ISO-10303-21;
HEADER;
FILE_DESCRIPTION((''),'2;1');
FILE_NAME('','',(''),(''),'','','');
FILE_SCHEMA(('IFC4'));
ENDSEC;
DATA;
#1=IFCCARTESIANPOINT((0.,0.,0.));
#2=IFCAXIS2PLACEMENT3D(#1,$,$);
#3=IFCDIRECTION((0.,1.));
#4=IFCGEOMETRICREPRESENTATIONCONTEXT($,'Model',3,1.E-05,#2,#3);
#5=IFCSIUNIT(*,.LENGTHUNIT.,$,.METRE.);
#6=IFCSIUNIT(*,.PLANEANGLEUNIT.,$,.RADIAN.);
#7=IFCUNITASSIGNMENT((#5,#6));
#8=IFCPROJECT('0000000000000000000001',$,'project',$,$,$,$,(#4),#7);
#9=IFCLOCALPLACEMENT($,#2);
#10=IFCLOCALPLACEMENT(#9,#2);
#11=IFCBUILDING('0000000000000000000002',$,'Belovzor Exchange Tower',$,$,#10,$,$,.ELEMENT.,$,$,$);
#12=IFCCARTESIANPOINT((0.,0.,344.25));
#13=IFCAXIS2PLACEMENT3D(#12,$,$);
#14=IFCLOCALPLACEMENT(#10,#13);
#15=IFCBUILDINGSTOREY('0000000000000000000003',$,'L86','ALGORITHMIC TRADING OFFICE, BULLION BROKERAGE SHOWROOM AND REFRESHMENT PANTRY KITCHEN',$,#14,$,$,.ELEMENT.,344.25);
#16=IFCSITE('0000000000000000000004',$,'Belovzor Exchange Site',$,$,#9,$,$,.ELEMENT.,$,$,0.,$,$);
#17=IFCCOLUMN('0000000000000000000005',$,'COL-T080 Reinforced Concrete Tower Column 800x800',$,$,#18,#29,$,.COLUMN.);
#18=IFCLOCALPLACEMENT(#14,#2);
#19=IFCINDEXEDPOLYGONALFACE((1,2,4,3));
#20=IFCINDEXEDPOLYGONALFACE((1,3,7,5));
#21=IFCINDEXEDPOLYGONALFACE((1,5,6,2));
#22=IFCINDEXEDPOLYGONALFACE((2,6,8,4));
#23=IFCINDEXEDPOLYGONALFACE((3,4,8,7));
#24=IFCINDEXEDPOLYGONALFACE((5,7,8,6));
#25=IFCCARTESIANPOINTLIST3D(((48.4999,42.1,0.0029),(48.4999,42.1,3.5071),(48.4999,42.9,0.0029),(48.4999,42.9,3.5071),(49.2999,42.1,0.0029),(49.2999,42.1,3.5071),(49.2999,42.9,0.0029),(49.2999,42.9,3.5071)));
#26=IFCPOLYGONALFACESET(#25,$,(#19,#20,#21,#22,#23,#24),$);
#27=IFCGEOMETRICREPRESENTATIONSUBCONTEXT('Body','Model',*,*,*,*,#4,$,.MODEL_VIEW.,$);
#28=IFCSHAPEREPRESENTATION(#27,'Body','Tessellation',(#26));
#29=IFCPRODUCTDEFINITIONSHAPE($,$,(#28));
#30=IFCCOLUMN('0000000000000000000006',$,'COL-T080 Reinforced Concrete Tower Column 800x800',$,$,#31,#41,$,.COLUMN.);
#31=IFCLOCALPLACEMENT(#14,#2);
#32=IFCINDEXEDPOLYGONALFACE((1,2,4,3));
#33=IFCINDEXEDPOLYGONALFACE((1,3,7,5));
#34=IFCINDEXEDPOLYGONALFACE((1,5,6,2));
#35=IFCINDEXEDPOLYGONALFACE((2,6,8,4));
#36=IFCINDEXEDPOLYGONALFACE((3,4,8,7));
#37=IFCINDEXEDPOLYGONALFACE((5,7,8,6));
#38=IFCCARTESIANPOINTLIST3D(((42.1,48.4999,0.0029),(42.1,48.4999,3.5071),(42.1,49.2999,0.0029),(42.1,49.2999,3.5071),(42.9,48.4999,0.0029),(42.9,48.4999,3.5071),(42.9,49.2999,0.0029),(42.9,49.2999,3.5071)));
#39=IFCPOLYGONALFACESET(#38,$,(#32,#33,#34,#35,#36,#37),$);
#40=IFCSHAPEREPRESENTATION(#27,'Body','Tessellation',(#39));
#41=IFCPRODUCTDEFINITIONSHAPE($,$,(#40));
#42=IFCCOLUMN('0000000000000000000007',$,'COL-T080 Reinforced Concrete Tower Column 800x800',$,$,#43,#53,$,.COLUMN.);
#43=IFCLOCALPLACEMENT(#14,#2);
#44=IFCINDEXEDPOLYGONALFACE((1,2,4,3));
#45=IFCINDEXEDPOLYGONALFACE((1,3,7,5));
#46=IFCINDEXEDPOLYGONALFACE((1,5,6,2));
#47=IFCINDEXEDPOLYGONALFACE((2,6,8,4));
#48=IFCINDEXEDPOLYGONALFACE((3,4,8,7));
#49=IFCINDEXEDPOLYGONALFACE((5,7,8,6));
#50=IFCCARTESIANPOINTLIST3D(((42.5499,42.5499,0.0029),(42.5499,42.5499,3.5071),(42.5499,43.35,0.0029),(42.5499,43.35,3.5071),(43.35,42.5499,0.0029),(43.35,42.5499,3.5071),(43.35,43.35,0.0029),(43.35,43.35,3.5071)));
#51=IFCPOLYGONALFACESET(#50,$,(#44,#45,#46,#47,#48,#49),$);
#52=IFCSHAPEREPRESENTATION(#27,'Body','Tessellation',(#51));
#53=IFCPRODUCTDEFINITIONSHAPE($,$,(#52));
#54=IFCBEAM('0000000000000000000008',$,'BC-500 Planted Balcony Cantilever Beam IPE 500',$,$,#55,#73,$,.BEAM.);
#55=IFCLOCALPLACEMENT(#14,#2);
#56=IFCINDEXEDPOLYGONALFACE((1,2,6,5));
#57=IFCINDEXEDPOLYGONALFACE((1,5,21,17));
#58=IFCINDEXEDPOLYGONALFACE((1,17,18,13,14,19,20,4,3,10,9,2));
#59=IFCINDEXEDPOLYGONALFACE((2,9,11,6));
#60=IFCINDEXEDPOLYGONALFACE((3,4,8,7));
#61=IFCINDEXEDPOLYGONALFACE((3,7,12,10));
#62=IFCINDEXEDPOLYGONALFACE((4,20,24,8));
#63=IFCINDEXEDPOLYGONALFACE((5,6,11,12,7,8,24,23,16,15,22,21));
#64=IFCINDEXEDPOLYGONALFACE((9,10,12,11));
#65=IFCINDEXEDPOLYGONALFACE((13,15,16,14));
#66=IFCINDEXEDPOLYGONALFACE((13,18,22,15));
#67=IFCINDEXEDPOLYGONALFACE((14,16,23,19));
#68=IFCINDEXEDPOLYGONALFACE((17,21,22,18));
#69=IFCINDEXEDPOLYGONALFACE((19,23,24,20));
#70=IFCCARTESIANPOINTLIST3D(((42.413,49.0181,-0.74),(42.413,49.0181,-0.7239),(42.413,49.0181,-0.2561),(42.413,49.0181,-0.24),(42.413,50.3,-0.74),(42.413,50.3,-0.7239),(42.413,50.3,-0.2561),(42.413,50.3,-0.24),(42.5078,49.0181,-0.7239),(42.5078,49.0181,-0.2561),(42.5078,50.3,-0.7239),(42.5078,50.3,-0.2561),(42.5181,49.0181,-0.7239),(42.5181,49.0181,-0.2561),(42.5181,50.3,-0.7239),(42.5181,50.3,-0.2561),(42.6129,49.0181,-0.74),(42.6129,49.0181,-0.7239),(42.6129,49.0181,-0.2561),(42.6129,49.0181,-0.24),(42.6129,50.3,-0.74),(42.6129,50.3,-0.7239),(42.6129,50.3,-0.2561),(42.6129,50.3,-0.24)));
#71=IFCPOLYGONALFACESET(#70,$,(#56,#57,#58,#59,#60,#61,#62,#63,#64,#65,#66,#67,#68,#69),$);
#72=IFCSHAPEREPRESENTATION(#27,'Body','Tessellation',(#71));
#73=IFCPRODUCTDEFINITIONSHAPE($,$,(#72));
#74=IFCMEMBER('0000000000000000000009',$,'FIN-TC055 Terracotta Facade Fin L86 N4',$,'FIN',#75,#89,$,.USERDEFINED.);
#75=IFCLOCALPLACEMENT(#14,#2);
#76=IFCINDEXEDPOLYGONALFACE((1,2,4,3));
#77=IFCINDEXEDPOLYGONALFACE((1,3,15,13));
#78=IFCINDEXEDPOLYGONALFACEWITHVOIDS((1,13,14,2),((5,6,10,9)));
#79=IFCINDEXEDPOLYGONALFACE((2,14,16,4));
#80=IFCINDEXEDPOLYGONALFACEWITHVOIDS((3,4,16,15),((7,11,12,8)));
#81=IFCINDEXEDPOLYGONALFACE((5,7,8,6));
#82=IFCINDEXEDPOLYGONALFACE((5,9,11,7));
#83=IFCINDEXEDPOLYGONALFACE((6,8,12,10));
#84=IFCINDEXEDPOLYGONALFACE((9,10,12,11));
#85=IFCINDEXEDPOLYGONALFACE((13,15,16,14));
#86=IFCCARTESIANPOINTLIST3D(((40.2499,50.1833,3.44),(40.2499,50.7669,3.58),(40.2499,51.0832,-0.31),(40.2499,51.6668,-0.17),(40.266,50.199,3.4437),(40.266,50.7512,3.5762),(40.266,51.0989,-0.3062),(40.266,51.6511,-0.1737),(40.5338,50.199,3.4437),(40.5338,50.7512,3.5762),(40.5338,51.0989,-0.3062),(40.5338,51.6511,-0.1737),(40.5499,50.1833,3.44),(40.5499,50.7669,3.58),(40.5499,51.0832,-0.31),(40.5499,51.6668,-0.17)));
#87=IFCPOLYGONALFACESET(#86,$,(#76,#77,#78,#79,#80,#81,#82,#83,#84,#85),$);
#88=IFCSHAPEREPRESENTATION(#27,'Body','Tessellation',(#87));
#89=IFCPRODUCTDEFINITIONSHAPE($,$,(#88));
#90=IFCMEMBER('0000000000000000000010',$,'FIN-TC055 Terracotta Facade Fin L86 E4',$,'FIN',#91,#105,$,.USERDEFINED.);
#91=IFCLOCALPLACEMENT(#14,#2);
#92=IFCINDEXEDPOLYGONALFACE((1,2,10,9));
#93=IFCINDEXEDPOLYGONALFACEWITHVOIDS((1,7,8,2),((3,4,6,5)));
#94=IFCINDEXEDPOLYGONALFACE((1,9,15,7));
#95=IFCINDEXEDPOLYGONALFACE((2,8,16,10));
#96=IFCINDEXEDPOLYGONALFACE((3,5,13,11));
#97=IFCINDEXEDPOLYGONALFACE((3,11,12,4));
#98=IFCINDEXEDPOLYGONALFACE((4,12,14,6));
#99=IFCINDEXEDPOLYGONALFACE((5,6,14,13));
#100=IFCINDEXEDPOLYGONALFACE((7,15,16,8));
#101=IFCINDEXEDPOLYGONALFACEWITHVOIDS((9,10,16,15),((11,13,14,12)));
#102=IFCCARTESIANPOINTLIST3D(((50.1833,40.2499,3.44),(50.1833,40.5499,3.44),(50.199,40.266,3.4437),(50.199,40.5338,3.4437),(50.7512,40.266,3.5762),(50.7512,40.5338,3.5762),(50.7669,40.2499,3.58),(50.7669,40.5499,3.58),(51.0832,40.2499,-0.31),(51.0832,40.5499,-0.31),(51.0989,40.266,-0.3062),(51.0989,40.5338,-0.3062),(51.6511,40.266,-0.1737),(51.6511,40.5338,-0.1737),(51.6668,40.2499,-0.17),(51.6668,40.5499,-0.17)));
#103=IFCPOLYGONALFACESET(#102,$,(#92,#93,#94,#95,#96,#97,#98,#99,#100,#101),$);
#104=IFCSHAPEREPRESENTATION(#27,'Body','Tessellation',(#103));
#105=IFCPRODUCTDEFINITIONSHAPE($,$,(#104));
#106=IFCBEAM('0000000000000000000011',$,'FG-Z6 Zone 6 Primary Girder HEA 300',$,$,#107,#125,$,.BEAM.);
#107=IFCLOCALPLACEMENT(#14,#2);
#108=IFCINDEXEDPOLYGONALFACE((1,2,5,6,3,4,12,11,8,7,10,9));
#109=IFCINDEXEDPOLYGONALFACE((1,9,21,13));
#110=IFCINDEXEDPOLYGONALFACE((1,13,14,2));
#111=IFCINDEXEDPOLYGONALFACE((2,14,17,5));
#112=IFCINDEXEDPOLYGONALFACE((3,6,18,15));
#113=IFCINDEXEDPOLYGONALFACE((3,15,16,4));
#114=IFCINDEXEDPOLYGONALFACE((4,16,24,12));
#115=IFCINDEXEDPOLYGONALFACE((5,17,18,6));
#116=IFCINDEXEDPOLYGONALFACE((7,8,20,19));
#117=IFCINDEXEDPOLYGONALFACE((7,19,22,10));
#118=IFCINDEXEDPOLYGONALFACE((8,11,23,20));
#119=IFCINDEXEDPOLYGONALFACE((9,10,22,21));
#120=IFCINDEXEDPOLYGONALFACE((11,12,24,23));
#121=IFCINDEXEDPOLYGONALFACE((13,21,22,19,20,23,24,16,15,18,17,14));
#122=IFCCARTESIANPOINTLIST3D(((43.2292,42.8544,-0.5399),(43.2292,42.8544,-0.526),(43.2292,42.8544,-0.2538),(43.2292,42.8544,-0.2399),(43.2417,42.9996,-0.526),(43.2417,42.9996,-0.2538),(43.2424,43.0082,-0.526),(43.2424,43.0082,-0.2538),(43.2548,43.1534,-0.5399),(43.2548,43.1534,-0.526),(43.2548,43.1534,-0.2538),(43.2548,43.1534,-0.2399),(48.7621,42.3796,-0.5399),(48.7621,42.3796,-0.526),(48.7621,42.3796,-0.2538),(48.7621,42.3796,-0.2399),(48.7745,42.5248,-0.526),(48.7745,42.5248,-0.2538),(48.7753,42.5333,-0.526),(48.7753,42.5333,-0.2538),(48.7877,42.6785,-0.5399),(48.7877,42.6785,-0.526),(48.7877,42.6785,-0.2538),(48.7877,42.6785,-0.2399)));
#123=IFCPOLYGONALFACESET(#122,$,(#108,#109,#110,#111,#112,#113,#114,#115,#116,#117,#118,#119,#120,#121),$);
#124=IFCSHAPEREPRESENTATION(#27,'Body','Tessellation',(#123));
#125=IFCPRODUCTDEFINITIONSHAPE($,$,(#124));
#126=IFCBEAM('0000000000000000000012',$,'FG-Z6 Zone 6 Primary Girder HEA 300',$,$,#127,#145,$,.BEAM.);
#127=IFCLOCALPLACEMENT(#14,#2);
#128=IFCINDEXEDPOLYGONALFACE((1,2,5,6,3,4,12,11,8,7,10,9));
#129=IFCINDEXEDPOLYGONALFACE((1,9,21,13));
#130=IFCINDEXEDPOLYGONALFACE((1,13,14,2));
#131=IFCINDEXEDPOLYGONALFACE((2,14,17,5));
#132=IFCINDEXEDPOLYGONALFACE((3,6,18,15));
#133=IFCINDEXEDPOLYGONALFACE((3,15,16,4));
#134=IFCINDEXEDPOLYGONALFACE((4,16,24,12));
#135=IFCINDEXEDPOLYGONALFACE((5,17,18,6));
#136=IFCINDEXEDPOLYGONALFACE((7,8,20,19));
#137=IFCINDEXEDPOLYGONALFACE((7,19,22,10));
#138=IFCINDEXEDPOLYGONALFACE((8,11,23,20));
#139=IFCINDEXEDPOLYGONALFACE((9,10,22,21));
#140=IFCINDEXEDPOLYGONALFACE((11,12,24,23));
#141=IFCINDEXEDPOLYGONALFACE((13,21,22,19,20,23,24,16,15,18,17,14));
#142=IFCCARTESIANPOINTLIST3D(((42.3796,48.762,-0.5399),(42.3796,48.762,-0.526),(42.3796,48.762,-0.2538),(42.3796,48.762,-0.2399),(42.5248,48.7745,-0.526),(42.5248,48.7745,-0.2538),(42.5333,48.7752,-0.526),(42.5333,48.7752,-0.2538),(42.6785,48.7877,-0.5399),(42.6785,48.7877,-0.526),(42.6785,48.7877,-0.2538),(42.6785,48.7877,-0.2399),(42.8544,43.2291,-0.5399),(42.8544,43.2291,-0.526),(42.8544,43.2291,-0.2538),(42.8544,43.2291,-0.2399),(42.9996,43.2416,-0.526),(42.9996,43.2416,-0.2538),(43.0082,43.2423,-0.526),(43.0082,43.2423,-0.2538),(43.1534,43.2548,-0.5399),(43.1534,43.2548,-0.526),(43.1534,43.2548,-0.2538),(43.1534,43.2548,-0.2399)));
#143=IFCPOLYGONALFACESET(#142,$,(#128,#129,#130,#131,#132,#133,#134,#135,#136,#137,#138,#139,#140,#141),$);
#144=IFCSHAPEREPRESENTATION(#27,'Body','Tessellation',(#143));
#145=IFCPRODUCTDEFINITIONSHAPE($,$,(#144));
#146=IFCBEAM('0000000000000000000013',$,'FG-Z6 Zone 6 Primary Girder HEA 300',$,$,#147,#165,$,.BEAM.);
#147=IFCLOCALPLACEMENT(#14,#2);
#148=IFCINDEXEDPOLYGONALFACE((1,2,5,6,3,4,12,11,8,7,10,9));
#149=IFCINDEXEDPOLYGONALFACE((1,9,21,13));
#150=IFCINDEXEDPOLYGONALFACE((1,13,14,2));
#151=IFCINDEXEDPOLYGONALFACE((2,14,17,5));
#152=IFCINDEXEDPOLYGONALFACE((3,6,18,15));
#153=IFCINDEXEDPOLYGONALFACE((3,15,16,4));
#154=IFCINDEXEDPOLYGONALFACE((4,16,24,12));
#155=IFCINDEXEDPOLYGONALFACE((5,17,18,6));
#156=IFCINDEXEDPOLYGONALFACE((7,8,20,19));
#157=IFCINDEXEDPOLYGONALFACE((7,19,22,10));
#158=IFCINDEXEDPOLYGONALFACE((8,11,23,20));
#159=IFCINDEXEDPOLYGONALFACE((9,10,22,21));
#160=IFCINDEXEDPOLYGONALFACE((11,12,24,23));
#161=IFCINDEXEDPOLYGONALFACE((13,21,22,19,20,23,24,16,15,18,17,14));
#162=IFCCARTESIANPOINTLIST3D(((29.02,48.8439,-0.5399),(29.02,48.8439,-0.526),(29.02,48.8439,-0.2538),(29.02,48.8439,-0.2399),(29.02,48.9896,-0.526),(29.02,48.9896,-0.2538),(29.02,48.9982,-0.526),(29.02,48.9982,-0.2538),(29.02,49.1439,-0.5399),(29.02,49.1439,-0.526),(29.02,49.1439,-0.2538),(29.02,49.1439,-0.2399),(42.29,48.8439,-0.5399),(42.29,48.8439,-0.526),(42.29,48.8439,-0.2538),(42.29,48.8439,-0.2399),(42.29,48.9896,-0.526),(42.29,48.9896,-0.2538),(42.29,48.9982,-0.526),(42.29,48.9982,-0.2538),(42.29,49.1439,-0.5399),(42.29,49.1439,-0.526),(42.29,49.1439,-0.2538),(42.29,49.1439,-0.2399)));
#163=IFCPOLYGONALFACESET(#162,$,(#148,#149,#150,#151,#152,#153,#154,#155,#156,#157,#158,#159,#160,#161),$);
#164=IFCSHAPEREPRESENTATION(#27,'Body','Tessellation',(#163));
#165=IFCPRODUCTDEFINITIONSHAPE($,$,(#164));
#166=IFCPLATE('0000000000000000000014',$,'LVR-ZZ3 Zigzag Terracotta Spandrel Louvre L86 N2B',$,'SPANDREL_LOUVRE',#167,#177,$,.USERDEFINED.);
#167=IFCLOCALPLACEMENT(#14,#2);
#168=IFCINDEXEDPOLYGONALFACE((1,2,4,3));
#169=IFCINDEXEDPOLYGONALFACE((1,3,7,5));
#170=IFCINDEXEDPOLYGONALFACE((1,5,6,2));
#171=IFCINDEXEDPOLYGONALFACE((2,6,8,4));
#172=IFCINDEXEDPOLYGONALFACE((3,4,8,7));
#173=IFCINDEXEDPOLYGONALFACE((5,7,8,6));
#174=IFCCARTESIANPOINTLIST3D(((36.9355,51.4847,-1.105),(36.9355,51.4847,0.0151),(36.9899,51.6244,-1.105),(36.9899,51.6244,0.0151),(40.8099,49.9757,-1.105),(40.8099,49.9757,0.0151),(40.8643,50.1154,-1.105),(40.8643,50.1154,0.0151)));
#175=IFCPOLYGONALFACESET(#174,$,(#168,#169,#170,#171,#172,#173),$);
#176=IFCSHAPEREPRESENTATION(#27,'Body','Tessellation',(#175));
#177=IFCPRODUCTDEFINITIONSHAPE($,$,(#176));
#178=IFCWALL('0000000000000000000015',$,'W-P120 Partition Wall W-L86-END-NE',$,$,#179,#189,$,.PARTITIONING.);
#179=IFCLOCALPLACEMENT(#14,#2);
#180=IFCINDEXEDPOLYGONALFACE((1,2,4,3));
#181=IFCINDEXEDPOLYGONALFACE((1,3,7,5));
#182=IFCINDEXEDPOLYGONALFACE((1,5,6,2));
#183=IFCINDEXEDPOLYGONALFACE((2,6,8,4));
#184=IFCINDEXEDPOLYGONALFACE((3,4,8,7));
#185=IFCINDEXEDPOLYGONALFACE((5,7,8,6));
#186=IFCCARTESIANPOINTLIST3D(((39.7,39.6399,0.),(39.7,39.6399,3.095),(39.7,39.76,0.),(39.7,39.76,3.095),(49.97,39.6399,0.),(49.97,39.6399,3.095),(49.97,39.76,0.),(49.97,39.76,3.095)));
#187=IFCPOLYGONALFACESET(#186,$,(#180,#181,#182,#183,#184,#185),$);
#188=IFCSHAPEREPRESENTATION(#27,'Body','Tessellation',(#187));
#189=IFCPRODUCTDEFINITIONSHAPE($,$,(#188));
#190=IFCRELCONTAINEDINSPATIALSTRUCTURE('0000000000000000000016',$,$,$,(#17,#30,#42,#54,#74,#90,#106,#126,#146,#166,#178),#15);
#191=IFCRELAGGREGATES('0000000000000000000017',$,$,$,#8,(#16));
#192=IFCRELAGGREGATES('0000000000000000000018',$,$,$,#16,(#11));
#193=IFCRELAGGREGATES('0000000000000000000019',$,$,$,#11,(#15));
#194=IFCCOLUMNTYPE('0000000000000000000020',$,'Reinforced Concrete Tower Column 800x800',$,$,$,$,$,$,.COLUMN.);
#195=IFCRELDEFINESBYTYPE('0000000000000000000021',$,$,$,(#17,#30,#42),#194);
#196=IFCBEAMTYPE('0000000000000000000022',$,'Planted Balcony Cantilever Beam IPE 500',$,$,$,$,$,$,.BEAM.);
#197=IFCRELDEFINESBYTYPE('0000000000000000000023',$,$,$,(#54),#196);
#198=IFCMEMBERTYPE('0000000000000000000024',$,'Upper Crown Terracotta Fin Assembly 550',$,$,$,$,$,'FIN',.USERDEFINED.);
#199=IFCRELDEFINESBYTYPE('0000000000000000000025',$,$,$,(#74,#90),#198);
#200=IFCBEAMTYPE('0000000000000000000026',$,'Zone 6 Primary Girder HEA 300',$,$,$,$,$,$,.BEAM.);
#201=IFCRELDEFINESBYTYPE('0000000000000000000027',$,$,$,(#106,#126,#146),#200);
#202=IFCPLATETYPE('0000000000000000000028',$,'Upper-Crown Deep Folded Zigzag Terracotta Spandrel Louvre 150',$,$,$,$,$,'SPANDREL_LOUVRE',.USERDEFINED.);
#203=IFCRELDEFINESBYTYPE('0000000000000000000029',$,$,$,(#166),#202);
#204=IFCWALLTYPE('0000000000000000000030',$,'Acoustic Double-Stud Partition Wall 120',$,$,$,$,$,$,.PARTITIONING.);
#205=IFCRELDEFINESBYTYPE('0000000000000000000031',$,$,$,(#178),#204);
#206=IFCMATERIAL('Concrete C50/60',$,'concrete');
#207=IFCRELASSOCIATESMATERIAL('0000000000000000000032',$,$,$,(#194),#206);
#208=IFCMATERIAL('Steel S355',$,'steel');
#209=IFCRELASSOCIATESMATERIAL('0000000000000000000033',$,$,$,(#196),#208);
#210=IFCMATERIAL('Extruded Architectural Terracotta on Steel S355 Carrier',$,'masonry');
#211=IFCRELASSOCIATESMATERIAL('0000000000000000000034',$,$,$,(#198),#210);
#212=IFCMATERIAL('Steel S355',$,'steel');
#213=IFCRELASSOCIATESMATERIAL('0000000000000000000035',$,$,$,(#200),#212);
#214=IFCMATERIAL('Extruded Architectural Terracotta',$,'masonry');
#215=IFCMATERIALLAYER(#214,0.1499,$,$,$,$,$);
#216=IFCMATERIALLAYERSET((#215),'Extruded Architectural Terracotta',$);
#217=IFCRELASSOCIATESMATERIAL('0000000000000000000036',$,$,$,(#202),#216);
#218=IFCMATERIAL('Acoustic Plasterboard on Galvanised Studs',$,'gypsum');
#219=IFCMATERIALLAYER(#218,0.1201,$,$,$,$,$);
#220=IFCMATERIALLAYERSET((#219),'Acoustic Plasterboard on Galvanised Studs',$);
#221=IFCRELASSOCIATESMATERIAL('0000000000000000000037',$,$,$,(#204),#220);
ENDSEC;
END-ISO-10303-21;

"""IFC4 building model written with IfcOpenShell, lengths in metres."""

from ifc_helpers import new_model, si_unit, direction, frame, frame_2d, origin, origin_2d, place, context, subcontext, project, spatial, rectangle, hollow_rectangle, i_section, extrude, material, layer, layer_set, material_profile, profile_set, type_object, element, save


model = new_model("IFC4")

# Units and contexts
model_context = context("Model", 3, precision=1e-05, world=origin(), true_north=direction((0.0, 1.0)))
body_context = subcontext(model_context, "Body", "Model", "MODEL_VIEW")
ifc_project = project(units=[si_unit("LENGTHUNIT", "METRE"), si_unit("PLANEANGLEUNIT", "RADIAN")], contexts=[model_context])

# Site, building, storey
site_placement = place(None, origin())
site = spatial("IfcSite", under=ifc_project, at=site_placement, Name="Belovzor Exchange Site", CompositionType="ELEMENT", RefElevation=0.0)
building_placement = place(site_placement, origin())
building = spatial("IfcBuilding", under=site, at=building_placement, Name="Belovzor Exchange Tower", CompositionType="ELEMENT")
storey_placement = place(building_placement, frame((0.0, 0.0, 344.25)))
storey = spatial("IfcBuildingStorey", under=building, at=storey_placement, Name="L86", Description="ALGORITHMIC TRADING OFFICE, BULLION BROKERAGE SHOWROOM AND REFRESHMENT PANTRY KITCHEN", CompositionType="ELEMENT", Elevation=344.25)

# Columns
ifc_material_1 = material(Name="Concrete C50/60", Category="concrete")
ifc_material_profile_1 = material_profile(ifc_material_1, rectangle(XDim=0.8, YDim=0.8, at=origin_2d()))
ifc_profile_set_1 = profile_set([ifc_material_profile_1], Name="Concrete C50/60")
column_type = type_object("IfcColumnType", Name="Reinforced Concrete Tower Column 800x800", PredefinedType="COLUMN", material=ifc_profile_set_1)
for number, where, z_axis, x_axis, name in (
    (1, (48.8999, 42.5, 0.0029), (0.0, 0.0, 1.0), (1.0, 0.0, 0.0), "COL-T080 Reinforced Concrete Tower Column 800x800"),
    (2, (42.5, 48.8999, 0.0029), (0.0, 0.0, 1.0), (1.0, 0.0, 0.0), "COL-T080 Reinforced Concrete Tower Column 800x800"),
    (3, (42.95, 42.95, 0.0029), (0.0, 0.0, 1.0), (1.0, 0.0, 0.0), "COL-T080 Reinforced Concrete Tower Column 800x800"),
):
    element("IfcColumn", number, at=place(storey_placement, frame(where, z_axis=z_axis, x_axis=x_axis)), inside=storey, type_object=column_type, Name=name, PredefinedType="COLUMN", context=body_context, shape_type="SweptSolid", body=[
        extrude(rectangle(XDim=0.8, YDim=0.8, at=origin_2d()), origin(), (0.0, 0.0, 1.0), 3.5042),
    ])

# Beam
ifc_material_2 = material(Name="Steel S355", Category="steel")
ifc_material_profile_2 = material_profile(ifc_material_2, i_section(OverallWidth=0.2, OverallDepth=0.5, WebThickness=0.0103, FlangeThickness=0.0161, at=origin_2d()))
ifc_profile_set_2 = profile_set([ifc_material_profile_2], Name="Steel S355")
beam_type_1 = type_object("IfcBeamType", Name="Planted Balcony Cantilever Beam IPE 500", PredefinedType="BEAM", material=ifc_profile_set_2)
beam_1_placement = place(storey_placement, frame((42.5129, 49.0181, -0.49), z_axis=(0.0, 1.0, 0.0), x_axis=(-1.0, 0.0, 0.0)))
element("IfcBeam", 4, at=beam_1_placement, inside=storey, type_object=beam_type_1, Name="BC-500 Planted Balcony Cantilever Beam IPE 500", PredefinedType="BEAM", context=body_context, shape_type="SweptSolid", body=[
    extrude(i_section(OverallWidth=0.2, OverallDepth=0.5, WebThickness=0.0103, FlangeThickness=0.0161, at=origin_2d()), origin(), (0.0, 0.0, 1.0), 1.282),
])

# Members
ifc_material_3 = material(Name="Extruded Architectural Terracotta on Steel S355 Carrier", Category="masonry")
ifc_material_profile_3 = material_profile(ifc_material_3, hollow_rectangle(XDim=0.3, YDim=0.6001, WallThickness=0.0161, at=origin_2d()))
ifc_profile_set_3 = profile_set([ifc_material_profile_3], Name="Extruded Architectural Terracotta on Steel S355 Carrier")
member_type = type_object("IfcMemberType", Name="Upper Crown Terracotta Fin Assembly 550", ElementType="FIN", PredefinedType="USERDEFINED", material=ifc_profile_set_3)
for number, where, z_axis, x_axis, name in (
    (5, (40.3999, 51.375, -0.24), (0.0, -0.233349, 0.972393), (1.0, 0.0, 0.0), "FIN-TC055 Terracotta Facade Fin L86 N4"),
    (6, (51.375, 40.3999, -0.24), (-0.233349, 0.0, 0.972393), (0.0, -1.0, 0.0), "FIN-TC055 Terracotta Facade Fin L86 E4"),
):
    element("IfcMember", number, at=place(storey_placement, frame(where, z_axis=z_axis, x_axis=x_axis)), inside=storey, type_object=member_type, Name=name, ObjectType="FIN", PredefinedType="USERDEFINED", context=body_context, shape_type="SweptSolid", body=[
        extrude(hollow_rectangle(XDim=0.3, YDim=0.6001, WallThickness=0.0161, at=origin_2d()), origin(), (0.0, 0.0, 1.0), 3.8564),
    ])

# Beams
ifc_material_4 = material(Name="Steel S355", Category="steel")
ifc_material_profile_4 = material_profile(ifc_material_4, i_section(OverallWidth=0.3, OverallDepth=0.3, WebThickness=0.0085, FlangeThickness=0.0139, at=origin_2d()))
ifc_profile_set_4 = profile_set([ifc_material_profile_4], Name="Steel S355")
beam_type_2 = type_object("IfcBeamType", Name="Zone 6 Primary Girder HEA 300", PredefinedType="BEAM", material=ifc_profile_set_4)
for number, where, z_axis, x_axis, name in (
    (7, (48.7749, 42.5291, -0.3899), (-0.996337, 0.085508, 0.0), (-0.085508, -0.996337, 0.0), "FG-Z6 Zone 6 Primary Girder HEA 300"),
    (8, (43.0039, 43.2419, -0.3899), (-0.085508, 0.996337, 0.0), (-0.996337, -0.085508, 0.0), "FG-Z6 Zone 6 Primary Girder HEA 300"),
):
    element("IfcBeam", number, at=place(storey_placement, frame(where, z_axis=z_axis, x_axis=x_axis)), inside=storey, type_object=beam_type_2, Name=name, PredefinedType="BEAM", context=body_context, shape_type="SweptSolid", body=[
        extrude(i_section(OverallWidth=0.3, OverallDepth=0.3, WebThickness=0.0085, FlangeThickness=0.0139, at=origin_2d()), origin(), (0.0, 0.0, 1.0), 5.5532),
    ])
beam_2_placement = place(storey_placement, frame((42.29, 48.9939, -0.3899), z_axis=(-1.0, 0.0, 0.0), x_axis=(0.0, -1.0, 0.0)))
element("IfcBeam", 9, at=beam_2_placement, inside=storey, type_object=beam_type_2, Name="FG-Z6 Zone 6 Primary Girder HEA 300", PredefinedType="BEAM", context=body_context, shape_type="SweptSolid", body=[
    extrude(i_section(OverallWidth=0.3, OverallDepth=0.3, WebThickness=0.0085, FlangeThickness=0.0139, at=origin_2d()), origin(), (0.0, 0.0, 1.0), 13.27),
])

# Plate
ifc_material_5 = material(Name="Extruded Architectural Terracotta", Category="masonry")
ifc_layer_1 = layer(ifc_material_5, 0.1499)
ifc_layer_set_1 = layer_set([ifc_layer_1], Name="Extruded Architectural Terracotta")
plate_type = type_object("IfcPlateType", Name="Upper-Crown Deep Folded Zigzag Terracotta Spandrel Louvre 150", ElementType="SPANDREL_LOUVRE", PredefinedType="USERDEFINED", material=ifc_layer_set_1)
plate_placement = place(storey_placement, frame((38.8999, 50.8, -1.105), z_axis=(0.0, 0.0, 1.0), x_axis=(0.931818, -0.362926, 0.0)))
element("IfcPlate", 10, at=plate_placement, inside=storey, type_object=plate_type, Name="LVR-ZZ3 Zigzag Terracotta Spandrel Louvre L86 N2B", ObjectType="SPANDREL_LOUVRE", PredefinedType="USERDEFINED", context=body_context, shape_type="SweptSolid", body=[
    extrude(rectangle(XDim=4.158, YDim=0.1499, at=origin_2d()), origin(), (0.0, 0.0, 1.0), 1.1201),
])

# Wall
ifc_material_6 = material(Name="Acoustic Plasterboard on Galvanised Studs", Category="gypsum")
ifc_layer_2 = layer(ifc_material_6, 0.1201)
ifc_layer_set_2 = layer_set([ifc_layer_2], Name="Acoustic Plasterboard on Galvanised Studs")
wall_type_1 = type_object("IfcWallType", Name="Acoustic Double-Stud Partition Wall 120", PredefinedType="PARTITIONING", material=ifc_layer_set_2)
wall_1_placement = place(storey_placement, frame((39.7, 39.7, 0.0), z_axis=(0.0, 0.0, 1.0), x_axis=(1.0, 0.0, 0.0)))
element("IfcWall", 11, at=wall_1_placement, inside=storey, type_object=wall_type_1, Name="W-P120 Partition Wall W-L86-END-NE", PredefinedType="PARTITIONING", context=body_context, shape_type="SweptSolid", body=[
    extrude(rectangle(XDim=10.27, YDim=0.1201, at=frame_2d((5.135, 0.0))), origin(), (0.0, 0.0, 1.0), 3.095),
])

save(model, "model.ifc")
